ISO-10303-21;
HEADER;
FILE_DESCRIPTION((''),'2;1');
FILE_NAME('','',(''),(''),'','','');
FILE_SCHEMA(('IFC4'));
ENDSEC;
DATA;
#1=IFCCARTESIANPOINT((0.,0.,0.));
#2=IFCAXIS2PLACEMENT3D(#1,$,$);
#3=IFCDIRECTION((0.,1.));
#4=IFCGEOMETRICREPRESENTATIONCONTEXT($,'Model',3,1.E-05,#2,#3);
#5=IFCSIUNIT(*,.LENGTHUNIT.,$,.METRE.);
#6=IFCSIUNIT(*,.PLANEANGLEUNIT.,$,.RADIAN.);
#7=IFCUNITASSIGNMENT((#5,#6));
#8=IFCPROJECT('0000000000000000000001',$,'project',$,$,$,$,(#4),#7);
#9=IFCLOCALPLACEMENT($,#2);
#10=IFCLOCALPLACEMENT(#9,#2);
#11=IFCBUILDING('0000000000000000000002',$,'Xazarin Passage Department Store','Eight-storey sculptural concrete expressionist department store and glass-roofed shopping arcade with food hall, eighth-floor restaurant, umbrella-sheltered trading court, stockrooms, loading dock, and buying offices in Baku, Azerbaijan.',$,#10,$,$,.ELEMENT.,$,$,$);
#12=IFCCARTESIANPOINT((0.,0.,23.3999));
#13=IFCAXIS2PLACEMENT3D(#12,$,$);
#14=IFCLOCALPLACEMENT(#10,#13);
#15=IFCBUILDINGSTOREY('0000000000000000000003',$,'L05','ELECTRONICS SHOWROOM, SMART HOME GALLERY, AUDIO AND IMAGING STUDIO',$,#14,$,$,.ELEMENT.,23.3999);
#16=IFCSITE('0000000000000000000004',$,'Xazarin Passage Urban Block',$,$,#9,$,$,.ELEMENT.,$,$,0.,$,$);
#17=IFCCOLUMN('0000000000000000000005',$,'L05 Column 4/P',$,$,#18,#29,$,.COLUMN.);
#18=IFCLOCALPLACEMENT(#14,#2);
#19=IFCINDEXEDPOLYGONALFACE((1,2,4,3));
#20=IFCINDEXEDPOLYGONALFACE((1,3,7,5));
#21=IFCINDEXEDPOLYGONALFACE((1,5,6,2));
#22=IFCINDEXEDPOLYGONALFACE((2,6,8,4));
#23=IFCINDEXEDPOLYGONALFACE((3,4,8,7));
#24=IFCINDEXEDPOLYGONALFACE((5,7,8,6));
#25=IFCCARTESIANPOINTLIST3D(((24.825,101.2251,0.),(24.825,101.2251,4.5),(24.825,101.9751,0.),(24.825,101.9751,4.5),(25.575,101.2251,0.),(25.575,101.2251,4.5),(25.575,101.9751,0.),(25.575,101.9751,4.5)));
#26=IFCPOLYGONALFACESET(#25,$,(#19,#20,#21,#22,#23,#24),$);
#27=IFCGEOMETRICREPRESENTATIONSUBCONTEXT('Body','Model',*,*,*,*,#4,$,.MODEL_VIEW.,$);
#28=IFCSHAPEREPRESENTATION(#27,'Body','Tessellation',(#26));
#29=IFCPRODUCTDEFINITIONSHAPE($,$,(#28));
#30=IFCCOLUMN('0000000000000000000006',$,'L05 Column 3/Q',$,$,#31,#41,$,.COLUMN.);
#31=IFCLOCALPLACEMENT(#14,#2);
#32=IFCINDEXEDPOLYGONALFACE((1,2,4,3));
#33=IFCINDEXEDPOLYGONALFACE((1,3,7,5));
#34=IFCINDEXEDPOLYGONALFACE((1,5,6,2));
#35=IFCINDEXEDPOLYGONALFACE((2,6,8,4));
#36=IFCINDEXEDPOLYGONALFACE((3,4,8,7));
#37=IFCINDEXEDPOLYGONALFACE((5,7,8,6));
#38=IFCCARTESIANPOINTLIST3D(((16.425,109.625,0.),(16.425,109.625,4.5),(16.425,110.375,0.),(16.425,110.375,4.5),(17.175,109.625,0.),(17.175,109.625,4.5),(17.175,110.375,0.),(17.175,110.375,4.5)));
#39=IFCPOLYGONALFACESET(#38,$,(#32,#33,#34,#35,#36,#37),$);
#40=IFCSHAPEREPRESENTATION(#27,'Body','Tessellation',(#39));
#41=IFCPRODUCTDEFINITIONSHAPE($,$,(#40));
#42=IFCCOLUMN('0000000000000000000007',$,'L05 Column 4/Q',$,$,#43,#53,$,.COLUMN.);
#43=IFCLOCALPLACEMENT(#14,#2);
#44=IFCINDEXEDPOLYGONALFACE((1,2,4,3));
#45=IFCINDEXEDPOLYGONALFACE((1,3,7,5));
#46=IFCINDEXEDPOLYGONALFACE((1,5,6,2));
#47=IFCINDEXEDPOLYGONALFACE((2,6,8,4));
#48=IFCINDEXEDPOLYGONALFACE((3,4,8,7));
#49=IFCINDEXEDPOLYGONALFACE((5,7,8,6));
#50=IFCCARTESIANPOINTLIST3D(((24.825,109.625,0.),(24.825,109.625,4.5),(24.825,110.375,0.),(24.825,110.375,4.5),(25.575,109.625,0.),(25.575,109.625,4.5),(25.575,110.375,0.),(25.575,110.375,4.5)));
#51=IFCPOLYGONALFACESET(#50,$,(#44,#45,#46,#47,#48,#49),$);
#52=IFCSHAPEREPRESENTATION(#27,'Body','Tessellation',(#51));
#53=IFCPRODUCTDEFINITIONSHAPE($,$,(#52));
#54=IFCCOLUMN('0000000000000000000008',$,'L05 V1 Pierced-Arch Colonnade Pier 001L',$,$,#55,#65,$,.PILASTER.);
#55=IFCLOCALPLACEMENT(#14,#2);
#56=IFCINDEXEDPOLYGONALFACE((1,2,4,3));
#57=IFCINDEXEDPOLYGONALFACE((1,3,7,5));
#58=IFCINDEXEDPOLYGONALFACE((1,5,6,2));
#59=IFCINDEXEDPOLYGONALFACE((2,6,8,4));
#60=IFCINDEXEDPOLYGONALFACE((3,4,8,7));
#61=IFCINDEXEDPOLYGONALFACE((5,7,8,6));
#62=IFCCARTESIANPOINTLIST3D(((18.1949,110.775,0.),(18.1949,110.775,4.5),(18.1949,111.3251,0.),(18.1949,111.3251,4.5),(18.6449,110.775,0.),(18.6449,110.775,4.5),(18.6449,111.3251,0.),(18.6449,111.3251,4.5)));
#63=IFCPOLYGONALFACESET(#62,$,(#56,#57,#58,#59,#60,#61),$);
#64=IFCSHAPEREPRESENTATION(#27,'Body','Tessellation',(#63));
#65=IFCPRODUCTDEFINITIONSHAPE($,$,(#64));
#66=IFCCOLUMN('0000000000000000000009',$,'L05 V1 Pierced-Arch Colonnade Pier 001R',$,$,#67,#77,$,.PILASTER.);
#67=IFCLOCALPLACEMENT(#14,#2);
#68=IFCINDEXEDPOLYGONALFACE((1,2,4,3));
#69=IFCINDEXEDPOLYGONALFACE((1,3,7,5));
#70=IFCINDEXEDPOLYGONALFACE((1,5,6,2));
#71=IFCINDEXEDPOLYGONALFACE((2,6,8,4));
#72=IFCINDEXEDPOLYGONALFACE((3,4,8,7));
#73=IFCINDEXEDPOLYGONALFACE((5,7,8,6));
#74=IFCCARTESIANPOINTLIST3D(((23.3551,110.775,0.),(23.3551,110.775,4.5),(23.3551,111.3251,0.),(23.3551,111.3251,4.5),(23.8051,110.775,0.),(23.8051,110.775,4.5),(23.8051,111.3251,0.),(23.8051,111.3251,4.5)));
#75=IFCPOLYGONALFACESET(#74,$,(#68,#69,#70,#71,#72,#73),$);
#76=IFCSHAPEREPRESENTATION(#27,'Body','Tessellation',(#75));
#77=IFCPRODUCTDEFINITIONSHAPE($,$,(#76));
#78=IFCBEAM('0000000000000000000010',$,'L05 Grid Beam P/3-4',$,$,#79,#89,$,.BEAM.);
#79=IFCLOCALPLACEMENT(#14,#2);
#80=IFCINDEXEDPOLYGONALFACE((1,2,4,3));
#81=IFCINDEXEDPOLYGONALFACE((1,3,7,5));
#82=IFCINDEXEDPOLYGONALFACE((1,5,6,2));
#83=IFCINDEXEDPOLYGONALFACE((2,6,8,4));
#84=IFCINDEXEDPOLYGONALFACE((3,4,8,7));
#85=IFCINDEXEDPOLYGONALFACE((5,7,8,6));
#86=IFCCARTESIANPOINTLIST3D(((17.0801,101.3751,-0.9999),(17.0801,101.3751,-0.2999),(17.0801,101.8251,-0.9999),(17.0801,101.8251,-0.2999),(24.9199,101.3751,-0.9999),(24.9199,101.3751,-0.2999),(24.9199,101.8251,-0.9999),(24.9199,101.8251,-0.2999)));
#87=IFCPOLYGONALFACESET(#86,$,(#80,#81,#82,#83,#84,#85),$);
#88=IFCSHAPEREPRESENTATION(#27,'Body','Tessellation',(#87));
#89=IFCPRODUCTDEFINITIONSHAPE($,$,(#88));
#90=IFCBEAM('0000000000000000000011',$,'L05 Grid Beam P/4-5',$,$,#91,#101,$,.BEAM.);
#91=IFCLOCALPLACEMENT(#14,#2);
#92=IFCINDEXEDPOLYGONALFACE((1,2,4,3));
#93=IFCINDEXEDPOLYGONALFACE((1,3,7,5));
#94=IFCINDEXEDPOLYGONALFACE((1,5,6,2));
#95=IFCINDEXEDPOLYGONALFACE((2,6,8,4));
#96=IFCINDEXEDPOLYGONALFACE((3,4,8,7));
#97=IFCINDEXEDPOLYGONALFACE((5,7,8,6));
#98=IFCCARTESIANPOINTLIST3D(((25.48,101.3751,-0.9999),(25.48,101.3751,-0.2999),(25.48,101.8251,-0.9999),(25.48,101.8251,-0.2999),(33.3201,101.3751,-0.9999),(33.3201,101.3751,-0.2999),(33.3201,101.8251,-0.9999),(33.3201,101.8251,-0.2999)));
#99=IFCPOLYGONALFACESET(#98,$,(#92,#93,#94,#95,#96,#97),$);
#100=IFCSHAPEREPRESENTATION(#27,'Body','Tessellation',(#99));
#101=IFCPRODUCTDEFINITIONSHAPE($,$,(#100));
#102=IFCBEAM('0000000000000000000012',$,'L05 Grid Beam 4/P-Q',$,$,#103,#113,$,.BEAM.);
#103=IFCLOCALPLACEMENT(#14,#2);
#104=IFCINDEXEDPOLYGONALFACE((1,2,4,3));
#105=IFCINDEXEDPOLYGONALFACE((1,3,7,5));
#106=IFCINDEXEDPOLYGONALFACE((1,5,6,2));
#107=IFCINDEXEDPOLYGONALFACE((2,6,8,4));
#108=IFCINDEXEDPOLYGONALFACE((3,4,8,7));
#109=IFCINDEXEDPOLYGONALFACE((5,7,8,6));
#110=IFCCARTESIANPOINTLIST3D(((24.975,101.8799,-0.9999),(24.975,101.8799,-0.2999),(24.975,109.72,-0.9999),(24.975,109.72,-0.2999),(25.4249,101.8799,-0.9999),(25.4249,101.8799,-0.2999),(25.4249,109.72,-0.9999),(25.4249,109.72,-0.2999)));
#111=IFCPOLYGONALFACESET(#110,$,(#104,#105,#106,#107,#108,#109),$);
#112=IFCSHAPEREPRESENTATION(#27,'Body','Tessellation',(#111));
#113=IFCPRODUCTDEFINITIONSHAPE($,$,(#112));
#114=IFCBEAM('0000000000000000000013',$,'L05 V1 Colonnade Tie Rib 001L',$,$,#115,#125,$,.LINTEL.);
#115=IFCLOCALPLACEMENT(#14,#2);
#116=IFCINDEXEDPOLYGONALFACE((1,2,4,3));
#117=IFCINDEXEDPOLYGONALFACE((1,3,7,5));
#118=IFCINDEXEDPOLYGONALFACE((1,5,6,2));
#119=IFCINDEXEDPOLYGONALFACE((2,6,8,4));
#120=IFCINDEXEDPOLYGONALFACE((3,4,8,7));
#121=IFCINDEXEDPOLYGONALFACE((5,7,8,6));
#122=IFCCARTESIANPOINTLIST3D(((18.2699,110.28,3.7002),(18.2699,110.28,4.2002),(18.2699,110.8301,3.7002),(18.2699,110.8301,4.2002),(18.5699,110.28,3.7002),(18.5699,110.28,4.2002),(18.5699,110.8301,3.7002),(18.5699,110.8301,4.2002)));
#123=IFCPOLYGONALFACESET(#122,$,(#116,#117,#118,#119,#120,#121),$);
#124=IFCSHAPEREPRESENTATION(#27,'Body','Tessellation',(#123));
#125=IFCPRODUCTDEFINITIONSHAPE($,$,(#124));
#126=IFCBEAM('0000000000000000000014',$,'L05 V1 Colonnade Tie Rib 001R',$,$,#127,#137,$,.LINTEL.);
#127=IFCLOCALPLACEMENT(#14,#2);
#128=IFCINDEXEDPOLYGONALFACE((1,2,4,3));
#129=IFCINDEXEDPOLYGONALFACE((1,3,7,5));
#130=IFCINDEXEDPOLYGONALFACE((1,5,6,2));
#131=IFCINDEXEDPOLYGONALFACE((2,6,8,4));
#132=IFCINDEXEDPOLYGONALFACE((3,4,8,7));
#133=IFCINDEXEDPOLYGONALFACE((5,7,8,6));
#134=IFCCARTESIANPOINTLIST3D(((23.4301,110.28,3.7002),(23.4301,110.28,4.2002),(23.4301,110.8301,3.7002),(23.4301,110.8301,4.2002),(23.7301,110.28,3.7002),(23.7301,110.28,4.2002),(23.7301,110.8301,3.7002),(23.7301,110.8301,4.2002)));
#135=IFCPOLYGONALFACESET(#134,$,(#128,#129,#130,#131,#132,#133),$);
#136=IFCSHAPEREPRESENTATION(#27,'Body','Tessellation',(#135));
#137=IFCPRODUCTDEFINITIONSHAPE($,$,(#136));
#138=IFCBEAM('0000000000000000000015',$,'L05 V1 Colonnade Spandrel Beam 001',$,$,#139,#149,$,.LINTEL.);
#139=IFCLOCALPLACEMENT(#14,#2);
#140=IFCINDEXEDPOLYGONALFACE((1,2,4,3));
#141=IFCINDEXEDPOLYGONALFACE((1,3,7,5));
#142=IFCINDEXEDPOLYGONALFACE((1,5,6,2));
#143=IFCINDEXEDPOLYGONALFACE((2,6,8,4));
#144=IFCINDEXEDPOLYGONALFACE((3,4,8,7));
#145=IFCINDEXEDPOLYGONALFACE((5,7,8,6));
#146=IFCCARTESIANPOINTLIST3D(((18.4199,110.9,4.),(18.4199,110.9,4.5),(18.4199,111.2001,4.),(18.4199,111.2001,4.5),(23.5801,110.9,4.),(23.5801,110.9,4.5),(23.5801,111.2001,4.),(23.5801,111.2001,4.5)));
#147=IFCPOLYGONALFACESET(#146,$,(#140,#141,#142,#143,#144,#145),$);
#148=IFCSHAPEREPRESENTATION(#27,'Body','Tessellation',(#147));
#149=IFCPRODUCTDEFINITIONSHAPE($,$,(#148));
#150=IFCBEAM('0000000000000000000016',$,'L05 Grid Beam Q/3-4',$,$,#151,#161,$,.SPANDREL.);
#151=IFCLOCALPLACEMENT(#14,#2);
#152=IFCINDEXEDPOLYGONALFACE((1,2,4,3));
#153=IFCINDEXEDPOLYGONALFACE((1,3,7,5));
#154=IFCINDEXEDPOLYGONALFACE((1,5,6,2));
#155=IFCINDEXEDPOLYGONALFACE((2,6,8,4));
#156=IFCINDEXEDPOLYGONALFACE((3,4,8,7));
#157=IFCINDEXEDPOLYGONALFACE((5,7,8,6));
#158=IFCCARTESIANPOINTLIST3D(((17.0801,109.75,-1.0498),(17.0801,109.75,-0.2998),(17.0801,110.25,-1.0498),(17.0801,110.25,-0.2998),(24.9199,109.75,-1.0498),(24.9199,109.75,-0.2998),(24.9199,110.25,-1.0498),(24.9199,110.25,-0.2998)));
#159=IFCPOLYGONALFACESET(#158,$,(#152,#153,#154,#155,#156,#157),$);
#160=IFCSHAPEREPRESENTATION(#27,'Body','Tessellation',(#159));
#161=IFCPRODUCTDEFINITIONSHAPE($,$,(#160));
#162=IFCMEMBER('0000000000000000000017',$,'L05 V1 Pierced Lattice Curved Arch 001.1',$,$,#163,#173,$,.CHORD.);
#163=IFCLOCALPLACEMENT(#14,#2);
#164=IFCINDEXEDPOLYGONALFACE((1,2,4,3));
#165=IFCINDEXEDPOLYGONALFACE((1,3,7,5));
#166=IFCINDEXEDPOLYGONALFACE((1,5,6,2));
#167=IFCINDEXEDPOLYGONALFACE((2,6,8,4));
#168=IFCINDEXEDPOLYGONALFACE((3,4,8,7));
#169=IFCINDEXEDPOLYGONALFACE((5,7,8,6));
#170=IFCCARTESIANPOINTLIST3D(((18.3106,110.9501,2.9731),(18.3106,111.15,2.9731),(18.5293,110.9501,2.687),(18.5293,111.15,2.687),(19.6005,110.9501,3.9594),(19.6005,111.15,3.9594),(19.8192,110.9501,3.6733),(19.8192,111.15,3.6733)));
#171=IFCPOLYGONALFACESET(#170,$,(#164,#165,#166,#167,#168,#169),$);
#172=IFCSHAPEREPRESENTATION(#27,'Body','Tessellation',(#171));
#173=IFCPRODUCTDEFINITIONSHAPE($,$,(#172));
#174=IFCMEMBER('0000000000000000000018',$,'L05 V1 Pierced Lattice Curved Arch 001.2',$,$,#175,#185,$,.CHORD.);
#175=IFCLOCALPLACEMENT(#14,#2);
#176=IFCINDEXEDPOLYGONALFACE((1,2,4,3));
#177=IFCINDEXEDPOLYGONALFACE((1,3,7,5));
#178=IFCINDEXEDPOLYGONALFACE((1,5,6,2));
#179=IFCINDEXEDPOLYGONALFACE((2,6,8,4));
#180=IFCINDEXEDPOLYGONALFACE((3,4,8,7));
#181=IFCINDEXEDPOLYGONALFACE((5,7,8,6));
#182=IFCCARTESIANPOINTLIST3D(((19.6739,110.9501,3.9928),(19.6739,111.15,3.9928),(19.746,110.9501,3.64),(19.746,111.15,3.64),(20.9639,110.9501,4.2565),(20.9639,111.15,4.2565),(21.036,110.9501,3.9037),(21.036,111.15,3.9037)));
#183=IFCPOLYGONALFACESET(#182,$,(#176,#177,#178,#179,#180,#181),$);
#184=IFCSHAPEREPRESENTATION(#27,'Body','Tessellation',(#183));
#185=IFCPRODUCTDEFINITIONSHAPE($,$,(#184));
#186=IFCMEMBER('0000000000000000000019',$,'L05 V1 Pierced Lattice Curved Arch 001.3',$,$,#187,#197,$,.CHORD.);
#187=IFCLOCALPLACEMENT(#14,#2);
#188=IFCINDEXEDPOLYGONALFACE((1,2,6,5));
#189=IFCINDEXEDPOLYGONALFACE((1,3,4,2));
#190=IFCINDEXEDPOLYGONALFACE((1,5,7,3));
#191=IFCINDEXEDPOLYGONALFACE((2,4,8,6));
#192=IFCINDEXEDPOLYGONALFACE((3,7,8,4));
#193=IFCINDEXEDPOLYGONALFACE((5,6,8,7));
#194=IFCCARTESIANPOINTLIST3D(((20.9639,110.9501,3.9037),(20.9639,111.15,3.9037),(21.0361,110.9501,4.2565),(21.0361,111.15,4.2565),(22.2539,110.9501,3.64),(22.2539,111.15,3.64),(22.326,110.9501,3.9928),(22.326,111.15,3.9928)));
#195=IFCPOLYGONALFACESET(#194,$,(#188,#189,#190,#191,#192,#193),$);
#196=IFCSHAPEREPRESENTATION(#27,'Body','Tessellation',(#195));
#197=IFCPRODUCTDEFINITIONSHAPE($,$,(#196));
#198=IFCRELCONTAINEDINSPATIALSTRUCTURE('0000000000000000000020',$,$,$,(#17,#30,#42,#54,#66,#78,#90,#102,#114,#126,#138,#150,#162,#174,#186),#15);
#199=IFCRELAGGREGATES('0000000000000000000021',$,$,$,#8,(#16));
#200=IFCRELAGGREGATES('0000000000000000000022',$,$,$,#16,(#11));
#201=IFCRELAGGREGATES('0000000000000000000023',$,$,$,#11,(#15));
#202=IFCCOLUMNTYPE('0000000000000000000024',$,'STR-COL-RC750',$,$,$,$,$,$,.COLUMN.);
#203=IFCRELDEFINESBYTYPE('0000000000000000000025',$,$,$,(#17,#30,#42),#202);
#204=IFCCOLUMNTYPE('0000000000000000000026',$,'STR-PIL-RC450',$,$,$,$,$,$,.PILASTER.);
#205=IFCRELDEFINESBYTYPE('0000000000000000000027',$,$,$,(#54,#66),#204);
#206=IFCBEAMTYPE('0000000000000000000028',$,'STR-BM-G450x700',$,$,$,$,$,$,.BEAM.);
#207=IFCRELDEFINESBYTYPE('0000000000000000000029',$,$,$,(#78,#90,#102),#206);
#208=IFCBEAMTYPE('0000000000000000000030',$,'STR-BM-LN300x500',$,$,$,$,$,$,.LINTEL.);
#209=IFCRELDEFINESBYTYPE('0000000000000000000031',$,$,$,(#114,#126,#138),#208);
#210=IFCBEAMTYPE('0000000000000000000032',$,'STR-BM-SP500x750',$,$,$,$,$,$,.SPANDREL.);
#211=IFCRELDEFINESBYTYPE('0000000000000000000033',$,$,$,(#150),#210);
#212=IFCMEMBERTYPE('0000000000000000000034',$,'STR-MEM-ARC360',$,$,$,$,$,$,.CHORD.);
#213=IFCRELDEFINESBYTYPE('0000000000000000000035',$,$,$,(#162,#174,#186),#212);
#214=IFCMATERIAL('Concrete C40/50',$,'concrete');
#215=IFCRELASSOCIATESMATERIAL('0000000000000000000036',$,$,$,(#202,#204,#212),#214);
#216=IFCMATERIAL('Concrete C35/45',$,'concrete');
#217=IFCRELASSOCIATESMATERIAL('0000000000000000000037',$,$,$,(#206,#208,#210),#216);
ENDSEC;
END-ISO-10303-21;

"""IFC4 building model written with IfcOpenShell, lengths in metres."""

from ifc_helpers import new_model, si_unit, direction, frame, origin, origin_2d, place, context, subcontext, project, spatial, rectangle, extrude, material, material_profile, profile_set, type_object, element, save


model = new_model("IFC4")

# Units and contexts
model_context = context("Model", 3, precision=1e-05, world=origin(), true_north=direction((0.0, 1.0)))
body_context = subcontext(model_context, "Body", "Model", "MODEL_VIEW")
ifc_project = project(units=[si_unit("LENGTHUNIT", "METRE"), si_unit("PLANEANGLEUNIT", "RADIAN")], contexts=[model_context])

# Site, building, storey
site_placement = place(None, origin())
site = spatial("IfcSite", under=ifc_project, at=site_placement, Name="Xazarin Passage Urban Block", CompositionType="ELEMENT", RefElevation=0.0)
building_placement = place(site_placement, origin())
building = spatial("IfcBuilding", under=site, at=building_placement, Name="Xazarin Passage Department Store", Description="Eight-storey sculptural concrete expressionist department store and glass-roofed shopping arcade with food hall, eighth-floor restaurant, umbrella-sheltered trading court, stockrooms, loading dock, and buying offices in Baku, Azerbaijan.", CompositionType="ELEMENT")
storey_placement = place(building_placement, frame((0.0, 0.0, 23.3999)))
storey = spatial("IfcBuildingStorey", under=building, at=storey_placement, Name="L05", Description="ELECTRONICS SHOWROOM, SMART HOME GALLERY, AUDIO AND IMAGING STUDIO", CompositionType="ELEMENT", Elevation=23.3999)

# Columns
ifc_material_1 = material(Name="Concrete C40/50", Category="concrete")
ifc_material_profile_1 = material_profile(ifc_material_1, rectangle(XDim=0.75, YDim=0.75, at=origin_2d()), Name="RC 750x750")
ifc_profile_set_1 = profile_set([ifc_material_profile_1], Name="Concrete C40/50")
column_type_1 = type_object("IfcColumnType", Name="STR-COL-RC750", PredefinedType="COLUMN", material=ifc_profile_set_1)
for number, where, z_axis, x_axis, name in (
    (1, (25.2, 101.6001, 0.0), (0.0, 0.0, 1.0), (1.0, 0.0, 0.0), "L05 Column 4/P"),
    (2, (16.8, 110.0, 0.0), (0.0, 0.0, 1.0), (1.0, 0.0, 0.0), "L05 Column 3/Q"),
    (3, (25.2, 110.0, 0.0), (0.0, 0.0, 1.0), (1.0, 0.0, 0.0), "L05 Column 4/Q"),
):
    element("IfcColumn", number, at=place(storey_placement, frame(where, z_axis=z_axis, x_axis=x_axis)), inside=storey, type_object=column_type_1, Name=name, PredefinedType="COLUMN", context=body_context, shape_type="SweptSolid", body=[
        extrude(rectangle(XDim=0.75, YDim=0.75, at=origin_2d()), origin(), (0.0, 0.0, 1.0), 4.5),
    ])
ifc_material_profile_2 = material_profile(ifc_material_1, rectangle(XDim=0.45, YDim=0.55, at=origin_2d()), Name="RC 450x550")
ifc_profile_set_2 = profile_set([ifc_material_profile_2], Name="Concrete C40/50")
column_type_2 = type_object("IfcColumnType", Name="STR-PIL-RC450", PredefinedType="PILASTER", material=ifc_profile_set_2)
for number, where, z_axis, x_axis, name in (
    (4, (18.4199, 111.05, 0.0), (0.0, 0.0, 1.0), (1.0, 0.0, 0.0), "L05 V1 Pierced-Arch Colonnade Pier 001L"),
    (5, (23.5801, 111.05, 0.0), (0.0, 0.0, 1.0), (1.0, 0.0, 0.0), "L05 V1 Pierced-Arch Colonnade Pier 001R"),
):
    element("IfcColumn", number, at=place(storey_placement, frame(where, z_axis=z_axis, x_axis=x_axis)), inside=storey, type_object=column_type_2, Name=name, PredefinedType="PILASTER", context=body_context, shape_type="SweptSolid", body=[
        extrude(rectangle(XDim=0.45, YDim=0.55, at=origin_2d()), origin(), (0.0, 0.0, 1.0), 4.5),
    ])

# Beams
ifc_material_2 = material(Name="Concrete C35/45", Category="concrete")
ifc_material_profile_3 = material_profile(ifc_material_2, rectangle(XDim=0.45, YDim=0.7, at=origin_2d()), Name="RC 450x700")
ifc_profile_set_3 = profile_set([ifc_material_profile_3], Name="Concrete C35/45")
beam_type_1 = type_object("IfcBeamType", Name="STR-BM-G450x700", PredefinedType="BEAM", material=ifc_profile_set_3)
beam_1_placement = place(storey_placement, frame((17.0801, 101.6001, -0.6499), z_axis=(1.0, 0.0, 0.0), x_axis=(0.0, 1.0, 0.0)))
element("IfcBeam", 6, at=beam_1_placement, inside=storey, type_object=beam_type_1, Name="L05 Grid Beam P/3-4", PredefinedType="BEAM", context=body_context, shape_type="SweptSolid", body=[
    extrude(rectangle(XDim=0.45, YDim=0.7, at=origin_2d()), origin(), (0.0, 0.0, 1.0), 7.8398),
])
for number, where, z_axis, x_axis, name in (
    (7, (25.48, 101.6001, -0.6499), (1.0, 0.0, 0.0), (0.0, 1.0, 0.0), "L05 Grid Beam P/4-5"),
    (8, (25.2, 101.8799, -0.6499), (0.0, 1.0, 0.0), (-1.0, 0.0, 0.0), "L05 Grid Beam 4/P-Q"),
):
    element("IfcBeam", number, at=place(storey_placement, frame(where, z_axis=z_axis, x_axis=x_axis)), inside=storey, type_object=beam_type_1, Name=name, PredefinedType="BEAM", context=body_context, shape_type="SweptSolid", body=[
        extrude(rectangle(XDim=0.45, YDim=0.7, at=origin_2d()), origin(), (0.0, 0.0, 1.0), 7.8401),
    ])
ifc_material_profile_4 = material_profile(ifc_material_2, rectangle(XDim=0.3, YDim=0.5, at=origin_2d()), Name="RC 300x500")
ifc_profile_set_4 = profile_set([ifc_material_profile_4], Name="Concrete C35/45")
beam_type_2 = type_object("IfcBeamType", Name="STR-BM-LN300x500", PredefinedType="LINTEL", material=ifc_profile_set_4)
for number, where, z_axis, x_axis, name in (
    (9, (18.4199, 110.28, 3.9502), (0.0, 1.0, 0.0), (-1.0, 0.0, 0.0), "L05 V1 Colonnade Tie Rib 001L"),
    (10, (23.5801, 110.28, 3.9502), (0.0, 1.0, 0.0), (-1.0, 0.0, 0.0), "L05 V1 Colonnade Tie Rib 001R"),
):
    element("IfcBeam", number, at=place(storey_placement, frame(where, z_axis=z_axis, x_axis=x_axis)), inside=storey, type_object=beam_type_2, Name=name, PredefinedType="LINTEL", context=body_context, shape_type="SweptSolid", body=[
        extrude(rectangle(XDim=0.3, YDim=0.5, at=origin_2d()), origin(), (0.0, 0.0, 1.0), 0.55),
    ])
beam_2_placement = place(storey_placement, frame((18.4199, 111.05, 4.25), z_axis=(1.0, 0.0, 0.0), x_axis=(0.0, 1.0, 0.0)))
element("IfcBeam", 11, at=beam_2_placement, inside=storey, type_object=beam_type_2, Name="L05 V1 Colonnade Spandrel Beam 001", PredefinedType="LINTEL", context=body_context, shape_type="SweptSolid", body=[
    extrude(rectangle(XDim=0.3, YDim=0.5, at=origin_2d()), origin(), (0.0, 0.0, 1.0), 5.1602),
])
ifc_material_profile_5 = material_profile(ifc_material_2, rectangle(XDim=0.5, YDim=0.75, at=origin_2d()), Name="RC 500x750")
ifc_profile_set_5 = profile_set([ifc_material_profile_5], Name="Concrete C35/45")
beam_type_3 = type_object("IfcBeamType", Name="STR-BM-SP500x750", PredefinedType="SPANDREL", material=ifc_profile_set_5)
beam_3_placement = place(storey_placement, frame((17.0801, 110.0, -0.6748), z_axis=(1.0, 0.0, 0.0), x_axis=(0.0, 1.0, 0.0)))
element("IfcBeam", 12, at=beam_3_placement, inside=storey, type_object=beam_type_3, Name="L05 Grid Beam Q/3-4", PredefinedType="SPANDREL", context=body_context, shape_type="SweptSolid", body=[
    extrude(rectangle(XDim=0.5, YDim=0.75, at=origin_2d()), origin(), (0.0, 0.0, 1.0), 7.8398),
])

# Members
ifc_material_profile_6 = material_profile(ifc_material_1, rectangle(XDim=0.2, YDim=0.3601, at=origin_2d()), Name="RC 200x360")
ifc_profile_set_6 = profile_set([ifc_material_profile_6], Name="Concrete C40/50")
member_type_1 = type_object("IfcMemberType", Name="STR-MEM-ARC360", PredefinedType="CHORD", material=ifc_profile_set_6)
member_1_placement = place(storey_placement, frame((18.4199, 111.05, 2.8301), z_axis=(0.794409, 0.0, 0.607383), x_axis=(0.0, 1.0, 0.0)))
element("IfcMember", 13, at=member_1_placement, inside=storey, type_object=member_type_1, Name="L05 V1 Pierced Lattice Curved Arch 001.1", PredefinedType="CHORD", context=body_context, shape_type="SweptSolid", body=[
    extrude(rectangle(XDim=0.2, YDim=0.3601, at=origin_2d()), origin(), (0.0, 0.0, 1.0), 1.6238),
])
for number, where, z_axis, x_axis, name in (
    (14, (19.71, 111.05, 3.8164), (0.979745, 0.0, 0.200251), (0.0, 1.0, 0.0), "L05 V1 Pierced Lattice Curved Arch 001.2"),
    (15, (21.0, 111.05, 4.0801), (0.979745, 0.0, -0.200251), (0.0, 1.0, 0.0), "L05 V1 Pierced Lattice Curved Arch 001.3"),
):
    element("IfcMember", number, at=place(storey_placement, frame(where, z_axis=z_axis, x_axis=x_axis)), inside=storey, type_object=member_type_1, Name=name, PredefinedType="CHORD", context=body_context, shape_type="SweptSolid", body=[
        extrude(rectangle(XDim=0.2, YDim=0.3601, at=origin_2d()), origin(), (0.0, 0.0, 1.0), 1.3167),
    ])

save(model, "model.ifc")
